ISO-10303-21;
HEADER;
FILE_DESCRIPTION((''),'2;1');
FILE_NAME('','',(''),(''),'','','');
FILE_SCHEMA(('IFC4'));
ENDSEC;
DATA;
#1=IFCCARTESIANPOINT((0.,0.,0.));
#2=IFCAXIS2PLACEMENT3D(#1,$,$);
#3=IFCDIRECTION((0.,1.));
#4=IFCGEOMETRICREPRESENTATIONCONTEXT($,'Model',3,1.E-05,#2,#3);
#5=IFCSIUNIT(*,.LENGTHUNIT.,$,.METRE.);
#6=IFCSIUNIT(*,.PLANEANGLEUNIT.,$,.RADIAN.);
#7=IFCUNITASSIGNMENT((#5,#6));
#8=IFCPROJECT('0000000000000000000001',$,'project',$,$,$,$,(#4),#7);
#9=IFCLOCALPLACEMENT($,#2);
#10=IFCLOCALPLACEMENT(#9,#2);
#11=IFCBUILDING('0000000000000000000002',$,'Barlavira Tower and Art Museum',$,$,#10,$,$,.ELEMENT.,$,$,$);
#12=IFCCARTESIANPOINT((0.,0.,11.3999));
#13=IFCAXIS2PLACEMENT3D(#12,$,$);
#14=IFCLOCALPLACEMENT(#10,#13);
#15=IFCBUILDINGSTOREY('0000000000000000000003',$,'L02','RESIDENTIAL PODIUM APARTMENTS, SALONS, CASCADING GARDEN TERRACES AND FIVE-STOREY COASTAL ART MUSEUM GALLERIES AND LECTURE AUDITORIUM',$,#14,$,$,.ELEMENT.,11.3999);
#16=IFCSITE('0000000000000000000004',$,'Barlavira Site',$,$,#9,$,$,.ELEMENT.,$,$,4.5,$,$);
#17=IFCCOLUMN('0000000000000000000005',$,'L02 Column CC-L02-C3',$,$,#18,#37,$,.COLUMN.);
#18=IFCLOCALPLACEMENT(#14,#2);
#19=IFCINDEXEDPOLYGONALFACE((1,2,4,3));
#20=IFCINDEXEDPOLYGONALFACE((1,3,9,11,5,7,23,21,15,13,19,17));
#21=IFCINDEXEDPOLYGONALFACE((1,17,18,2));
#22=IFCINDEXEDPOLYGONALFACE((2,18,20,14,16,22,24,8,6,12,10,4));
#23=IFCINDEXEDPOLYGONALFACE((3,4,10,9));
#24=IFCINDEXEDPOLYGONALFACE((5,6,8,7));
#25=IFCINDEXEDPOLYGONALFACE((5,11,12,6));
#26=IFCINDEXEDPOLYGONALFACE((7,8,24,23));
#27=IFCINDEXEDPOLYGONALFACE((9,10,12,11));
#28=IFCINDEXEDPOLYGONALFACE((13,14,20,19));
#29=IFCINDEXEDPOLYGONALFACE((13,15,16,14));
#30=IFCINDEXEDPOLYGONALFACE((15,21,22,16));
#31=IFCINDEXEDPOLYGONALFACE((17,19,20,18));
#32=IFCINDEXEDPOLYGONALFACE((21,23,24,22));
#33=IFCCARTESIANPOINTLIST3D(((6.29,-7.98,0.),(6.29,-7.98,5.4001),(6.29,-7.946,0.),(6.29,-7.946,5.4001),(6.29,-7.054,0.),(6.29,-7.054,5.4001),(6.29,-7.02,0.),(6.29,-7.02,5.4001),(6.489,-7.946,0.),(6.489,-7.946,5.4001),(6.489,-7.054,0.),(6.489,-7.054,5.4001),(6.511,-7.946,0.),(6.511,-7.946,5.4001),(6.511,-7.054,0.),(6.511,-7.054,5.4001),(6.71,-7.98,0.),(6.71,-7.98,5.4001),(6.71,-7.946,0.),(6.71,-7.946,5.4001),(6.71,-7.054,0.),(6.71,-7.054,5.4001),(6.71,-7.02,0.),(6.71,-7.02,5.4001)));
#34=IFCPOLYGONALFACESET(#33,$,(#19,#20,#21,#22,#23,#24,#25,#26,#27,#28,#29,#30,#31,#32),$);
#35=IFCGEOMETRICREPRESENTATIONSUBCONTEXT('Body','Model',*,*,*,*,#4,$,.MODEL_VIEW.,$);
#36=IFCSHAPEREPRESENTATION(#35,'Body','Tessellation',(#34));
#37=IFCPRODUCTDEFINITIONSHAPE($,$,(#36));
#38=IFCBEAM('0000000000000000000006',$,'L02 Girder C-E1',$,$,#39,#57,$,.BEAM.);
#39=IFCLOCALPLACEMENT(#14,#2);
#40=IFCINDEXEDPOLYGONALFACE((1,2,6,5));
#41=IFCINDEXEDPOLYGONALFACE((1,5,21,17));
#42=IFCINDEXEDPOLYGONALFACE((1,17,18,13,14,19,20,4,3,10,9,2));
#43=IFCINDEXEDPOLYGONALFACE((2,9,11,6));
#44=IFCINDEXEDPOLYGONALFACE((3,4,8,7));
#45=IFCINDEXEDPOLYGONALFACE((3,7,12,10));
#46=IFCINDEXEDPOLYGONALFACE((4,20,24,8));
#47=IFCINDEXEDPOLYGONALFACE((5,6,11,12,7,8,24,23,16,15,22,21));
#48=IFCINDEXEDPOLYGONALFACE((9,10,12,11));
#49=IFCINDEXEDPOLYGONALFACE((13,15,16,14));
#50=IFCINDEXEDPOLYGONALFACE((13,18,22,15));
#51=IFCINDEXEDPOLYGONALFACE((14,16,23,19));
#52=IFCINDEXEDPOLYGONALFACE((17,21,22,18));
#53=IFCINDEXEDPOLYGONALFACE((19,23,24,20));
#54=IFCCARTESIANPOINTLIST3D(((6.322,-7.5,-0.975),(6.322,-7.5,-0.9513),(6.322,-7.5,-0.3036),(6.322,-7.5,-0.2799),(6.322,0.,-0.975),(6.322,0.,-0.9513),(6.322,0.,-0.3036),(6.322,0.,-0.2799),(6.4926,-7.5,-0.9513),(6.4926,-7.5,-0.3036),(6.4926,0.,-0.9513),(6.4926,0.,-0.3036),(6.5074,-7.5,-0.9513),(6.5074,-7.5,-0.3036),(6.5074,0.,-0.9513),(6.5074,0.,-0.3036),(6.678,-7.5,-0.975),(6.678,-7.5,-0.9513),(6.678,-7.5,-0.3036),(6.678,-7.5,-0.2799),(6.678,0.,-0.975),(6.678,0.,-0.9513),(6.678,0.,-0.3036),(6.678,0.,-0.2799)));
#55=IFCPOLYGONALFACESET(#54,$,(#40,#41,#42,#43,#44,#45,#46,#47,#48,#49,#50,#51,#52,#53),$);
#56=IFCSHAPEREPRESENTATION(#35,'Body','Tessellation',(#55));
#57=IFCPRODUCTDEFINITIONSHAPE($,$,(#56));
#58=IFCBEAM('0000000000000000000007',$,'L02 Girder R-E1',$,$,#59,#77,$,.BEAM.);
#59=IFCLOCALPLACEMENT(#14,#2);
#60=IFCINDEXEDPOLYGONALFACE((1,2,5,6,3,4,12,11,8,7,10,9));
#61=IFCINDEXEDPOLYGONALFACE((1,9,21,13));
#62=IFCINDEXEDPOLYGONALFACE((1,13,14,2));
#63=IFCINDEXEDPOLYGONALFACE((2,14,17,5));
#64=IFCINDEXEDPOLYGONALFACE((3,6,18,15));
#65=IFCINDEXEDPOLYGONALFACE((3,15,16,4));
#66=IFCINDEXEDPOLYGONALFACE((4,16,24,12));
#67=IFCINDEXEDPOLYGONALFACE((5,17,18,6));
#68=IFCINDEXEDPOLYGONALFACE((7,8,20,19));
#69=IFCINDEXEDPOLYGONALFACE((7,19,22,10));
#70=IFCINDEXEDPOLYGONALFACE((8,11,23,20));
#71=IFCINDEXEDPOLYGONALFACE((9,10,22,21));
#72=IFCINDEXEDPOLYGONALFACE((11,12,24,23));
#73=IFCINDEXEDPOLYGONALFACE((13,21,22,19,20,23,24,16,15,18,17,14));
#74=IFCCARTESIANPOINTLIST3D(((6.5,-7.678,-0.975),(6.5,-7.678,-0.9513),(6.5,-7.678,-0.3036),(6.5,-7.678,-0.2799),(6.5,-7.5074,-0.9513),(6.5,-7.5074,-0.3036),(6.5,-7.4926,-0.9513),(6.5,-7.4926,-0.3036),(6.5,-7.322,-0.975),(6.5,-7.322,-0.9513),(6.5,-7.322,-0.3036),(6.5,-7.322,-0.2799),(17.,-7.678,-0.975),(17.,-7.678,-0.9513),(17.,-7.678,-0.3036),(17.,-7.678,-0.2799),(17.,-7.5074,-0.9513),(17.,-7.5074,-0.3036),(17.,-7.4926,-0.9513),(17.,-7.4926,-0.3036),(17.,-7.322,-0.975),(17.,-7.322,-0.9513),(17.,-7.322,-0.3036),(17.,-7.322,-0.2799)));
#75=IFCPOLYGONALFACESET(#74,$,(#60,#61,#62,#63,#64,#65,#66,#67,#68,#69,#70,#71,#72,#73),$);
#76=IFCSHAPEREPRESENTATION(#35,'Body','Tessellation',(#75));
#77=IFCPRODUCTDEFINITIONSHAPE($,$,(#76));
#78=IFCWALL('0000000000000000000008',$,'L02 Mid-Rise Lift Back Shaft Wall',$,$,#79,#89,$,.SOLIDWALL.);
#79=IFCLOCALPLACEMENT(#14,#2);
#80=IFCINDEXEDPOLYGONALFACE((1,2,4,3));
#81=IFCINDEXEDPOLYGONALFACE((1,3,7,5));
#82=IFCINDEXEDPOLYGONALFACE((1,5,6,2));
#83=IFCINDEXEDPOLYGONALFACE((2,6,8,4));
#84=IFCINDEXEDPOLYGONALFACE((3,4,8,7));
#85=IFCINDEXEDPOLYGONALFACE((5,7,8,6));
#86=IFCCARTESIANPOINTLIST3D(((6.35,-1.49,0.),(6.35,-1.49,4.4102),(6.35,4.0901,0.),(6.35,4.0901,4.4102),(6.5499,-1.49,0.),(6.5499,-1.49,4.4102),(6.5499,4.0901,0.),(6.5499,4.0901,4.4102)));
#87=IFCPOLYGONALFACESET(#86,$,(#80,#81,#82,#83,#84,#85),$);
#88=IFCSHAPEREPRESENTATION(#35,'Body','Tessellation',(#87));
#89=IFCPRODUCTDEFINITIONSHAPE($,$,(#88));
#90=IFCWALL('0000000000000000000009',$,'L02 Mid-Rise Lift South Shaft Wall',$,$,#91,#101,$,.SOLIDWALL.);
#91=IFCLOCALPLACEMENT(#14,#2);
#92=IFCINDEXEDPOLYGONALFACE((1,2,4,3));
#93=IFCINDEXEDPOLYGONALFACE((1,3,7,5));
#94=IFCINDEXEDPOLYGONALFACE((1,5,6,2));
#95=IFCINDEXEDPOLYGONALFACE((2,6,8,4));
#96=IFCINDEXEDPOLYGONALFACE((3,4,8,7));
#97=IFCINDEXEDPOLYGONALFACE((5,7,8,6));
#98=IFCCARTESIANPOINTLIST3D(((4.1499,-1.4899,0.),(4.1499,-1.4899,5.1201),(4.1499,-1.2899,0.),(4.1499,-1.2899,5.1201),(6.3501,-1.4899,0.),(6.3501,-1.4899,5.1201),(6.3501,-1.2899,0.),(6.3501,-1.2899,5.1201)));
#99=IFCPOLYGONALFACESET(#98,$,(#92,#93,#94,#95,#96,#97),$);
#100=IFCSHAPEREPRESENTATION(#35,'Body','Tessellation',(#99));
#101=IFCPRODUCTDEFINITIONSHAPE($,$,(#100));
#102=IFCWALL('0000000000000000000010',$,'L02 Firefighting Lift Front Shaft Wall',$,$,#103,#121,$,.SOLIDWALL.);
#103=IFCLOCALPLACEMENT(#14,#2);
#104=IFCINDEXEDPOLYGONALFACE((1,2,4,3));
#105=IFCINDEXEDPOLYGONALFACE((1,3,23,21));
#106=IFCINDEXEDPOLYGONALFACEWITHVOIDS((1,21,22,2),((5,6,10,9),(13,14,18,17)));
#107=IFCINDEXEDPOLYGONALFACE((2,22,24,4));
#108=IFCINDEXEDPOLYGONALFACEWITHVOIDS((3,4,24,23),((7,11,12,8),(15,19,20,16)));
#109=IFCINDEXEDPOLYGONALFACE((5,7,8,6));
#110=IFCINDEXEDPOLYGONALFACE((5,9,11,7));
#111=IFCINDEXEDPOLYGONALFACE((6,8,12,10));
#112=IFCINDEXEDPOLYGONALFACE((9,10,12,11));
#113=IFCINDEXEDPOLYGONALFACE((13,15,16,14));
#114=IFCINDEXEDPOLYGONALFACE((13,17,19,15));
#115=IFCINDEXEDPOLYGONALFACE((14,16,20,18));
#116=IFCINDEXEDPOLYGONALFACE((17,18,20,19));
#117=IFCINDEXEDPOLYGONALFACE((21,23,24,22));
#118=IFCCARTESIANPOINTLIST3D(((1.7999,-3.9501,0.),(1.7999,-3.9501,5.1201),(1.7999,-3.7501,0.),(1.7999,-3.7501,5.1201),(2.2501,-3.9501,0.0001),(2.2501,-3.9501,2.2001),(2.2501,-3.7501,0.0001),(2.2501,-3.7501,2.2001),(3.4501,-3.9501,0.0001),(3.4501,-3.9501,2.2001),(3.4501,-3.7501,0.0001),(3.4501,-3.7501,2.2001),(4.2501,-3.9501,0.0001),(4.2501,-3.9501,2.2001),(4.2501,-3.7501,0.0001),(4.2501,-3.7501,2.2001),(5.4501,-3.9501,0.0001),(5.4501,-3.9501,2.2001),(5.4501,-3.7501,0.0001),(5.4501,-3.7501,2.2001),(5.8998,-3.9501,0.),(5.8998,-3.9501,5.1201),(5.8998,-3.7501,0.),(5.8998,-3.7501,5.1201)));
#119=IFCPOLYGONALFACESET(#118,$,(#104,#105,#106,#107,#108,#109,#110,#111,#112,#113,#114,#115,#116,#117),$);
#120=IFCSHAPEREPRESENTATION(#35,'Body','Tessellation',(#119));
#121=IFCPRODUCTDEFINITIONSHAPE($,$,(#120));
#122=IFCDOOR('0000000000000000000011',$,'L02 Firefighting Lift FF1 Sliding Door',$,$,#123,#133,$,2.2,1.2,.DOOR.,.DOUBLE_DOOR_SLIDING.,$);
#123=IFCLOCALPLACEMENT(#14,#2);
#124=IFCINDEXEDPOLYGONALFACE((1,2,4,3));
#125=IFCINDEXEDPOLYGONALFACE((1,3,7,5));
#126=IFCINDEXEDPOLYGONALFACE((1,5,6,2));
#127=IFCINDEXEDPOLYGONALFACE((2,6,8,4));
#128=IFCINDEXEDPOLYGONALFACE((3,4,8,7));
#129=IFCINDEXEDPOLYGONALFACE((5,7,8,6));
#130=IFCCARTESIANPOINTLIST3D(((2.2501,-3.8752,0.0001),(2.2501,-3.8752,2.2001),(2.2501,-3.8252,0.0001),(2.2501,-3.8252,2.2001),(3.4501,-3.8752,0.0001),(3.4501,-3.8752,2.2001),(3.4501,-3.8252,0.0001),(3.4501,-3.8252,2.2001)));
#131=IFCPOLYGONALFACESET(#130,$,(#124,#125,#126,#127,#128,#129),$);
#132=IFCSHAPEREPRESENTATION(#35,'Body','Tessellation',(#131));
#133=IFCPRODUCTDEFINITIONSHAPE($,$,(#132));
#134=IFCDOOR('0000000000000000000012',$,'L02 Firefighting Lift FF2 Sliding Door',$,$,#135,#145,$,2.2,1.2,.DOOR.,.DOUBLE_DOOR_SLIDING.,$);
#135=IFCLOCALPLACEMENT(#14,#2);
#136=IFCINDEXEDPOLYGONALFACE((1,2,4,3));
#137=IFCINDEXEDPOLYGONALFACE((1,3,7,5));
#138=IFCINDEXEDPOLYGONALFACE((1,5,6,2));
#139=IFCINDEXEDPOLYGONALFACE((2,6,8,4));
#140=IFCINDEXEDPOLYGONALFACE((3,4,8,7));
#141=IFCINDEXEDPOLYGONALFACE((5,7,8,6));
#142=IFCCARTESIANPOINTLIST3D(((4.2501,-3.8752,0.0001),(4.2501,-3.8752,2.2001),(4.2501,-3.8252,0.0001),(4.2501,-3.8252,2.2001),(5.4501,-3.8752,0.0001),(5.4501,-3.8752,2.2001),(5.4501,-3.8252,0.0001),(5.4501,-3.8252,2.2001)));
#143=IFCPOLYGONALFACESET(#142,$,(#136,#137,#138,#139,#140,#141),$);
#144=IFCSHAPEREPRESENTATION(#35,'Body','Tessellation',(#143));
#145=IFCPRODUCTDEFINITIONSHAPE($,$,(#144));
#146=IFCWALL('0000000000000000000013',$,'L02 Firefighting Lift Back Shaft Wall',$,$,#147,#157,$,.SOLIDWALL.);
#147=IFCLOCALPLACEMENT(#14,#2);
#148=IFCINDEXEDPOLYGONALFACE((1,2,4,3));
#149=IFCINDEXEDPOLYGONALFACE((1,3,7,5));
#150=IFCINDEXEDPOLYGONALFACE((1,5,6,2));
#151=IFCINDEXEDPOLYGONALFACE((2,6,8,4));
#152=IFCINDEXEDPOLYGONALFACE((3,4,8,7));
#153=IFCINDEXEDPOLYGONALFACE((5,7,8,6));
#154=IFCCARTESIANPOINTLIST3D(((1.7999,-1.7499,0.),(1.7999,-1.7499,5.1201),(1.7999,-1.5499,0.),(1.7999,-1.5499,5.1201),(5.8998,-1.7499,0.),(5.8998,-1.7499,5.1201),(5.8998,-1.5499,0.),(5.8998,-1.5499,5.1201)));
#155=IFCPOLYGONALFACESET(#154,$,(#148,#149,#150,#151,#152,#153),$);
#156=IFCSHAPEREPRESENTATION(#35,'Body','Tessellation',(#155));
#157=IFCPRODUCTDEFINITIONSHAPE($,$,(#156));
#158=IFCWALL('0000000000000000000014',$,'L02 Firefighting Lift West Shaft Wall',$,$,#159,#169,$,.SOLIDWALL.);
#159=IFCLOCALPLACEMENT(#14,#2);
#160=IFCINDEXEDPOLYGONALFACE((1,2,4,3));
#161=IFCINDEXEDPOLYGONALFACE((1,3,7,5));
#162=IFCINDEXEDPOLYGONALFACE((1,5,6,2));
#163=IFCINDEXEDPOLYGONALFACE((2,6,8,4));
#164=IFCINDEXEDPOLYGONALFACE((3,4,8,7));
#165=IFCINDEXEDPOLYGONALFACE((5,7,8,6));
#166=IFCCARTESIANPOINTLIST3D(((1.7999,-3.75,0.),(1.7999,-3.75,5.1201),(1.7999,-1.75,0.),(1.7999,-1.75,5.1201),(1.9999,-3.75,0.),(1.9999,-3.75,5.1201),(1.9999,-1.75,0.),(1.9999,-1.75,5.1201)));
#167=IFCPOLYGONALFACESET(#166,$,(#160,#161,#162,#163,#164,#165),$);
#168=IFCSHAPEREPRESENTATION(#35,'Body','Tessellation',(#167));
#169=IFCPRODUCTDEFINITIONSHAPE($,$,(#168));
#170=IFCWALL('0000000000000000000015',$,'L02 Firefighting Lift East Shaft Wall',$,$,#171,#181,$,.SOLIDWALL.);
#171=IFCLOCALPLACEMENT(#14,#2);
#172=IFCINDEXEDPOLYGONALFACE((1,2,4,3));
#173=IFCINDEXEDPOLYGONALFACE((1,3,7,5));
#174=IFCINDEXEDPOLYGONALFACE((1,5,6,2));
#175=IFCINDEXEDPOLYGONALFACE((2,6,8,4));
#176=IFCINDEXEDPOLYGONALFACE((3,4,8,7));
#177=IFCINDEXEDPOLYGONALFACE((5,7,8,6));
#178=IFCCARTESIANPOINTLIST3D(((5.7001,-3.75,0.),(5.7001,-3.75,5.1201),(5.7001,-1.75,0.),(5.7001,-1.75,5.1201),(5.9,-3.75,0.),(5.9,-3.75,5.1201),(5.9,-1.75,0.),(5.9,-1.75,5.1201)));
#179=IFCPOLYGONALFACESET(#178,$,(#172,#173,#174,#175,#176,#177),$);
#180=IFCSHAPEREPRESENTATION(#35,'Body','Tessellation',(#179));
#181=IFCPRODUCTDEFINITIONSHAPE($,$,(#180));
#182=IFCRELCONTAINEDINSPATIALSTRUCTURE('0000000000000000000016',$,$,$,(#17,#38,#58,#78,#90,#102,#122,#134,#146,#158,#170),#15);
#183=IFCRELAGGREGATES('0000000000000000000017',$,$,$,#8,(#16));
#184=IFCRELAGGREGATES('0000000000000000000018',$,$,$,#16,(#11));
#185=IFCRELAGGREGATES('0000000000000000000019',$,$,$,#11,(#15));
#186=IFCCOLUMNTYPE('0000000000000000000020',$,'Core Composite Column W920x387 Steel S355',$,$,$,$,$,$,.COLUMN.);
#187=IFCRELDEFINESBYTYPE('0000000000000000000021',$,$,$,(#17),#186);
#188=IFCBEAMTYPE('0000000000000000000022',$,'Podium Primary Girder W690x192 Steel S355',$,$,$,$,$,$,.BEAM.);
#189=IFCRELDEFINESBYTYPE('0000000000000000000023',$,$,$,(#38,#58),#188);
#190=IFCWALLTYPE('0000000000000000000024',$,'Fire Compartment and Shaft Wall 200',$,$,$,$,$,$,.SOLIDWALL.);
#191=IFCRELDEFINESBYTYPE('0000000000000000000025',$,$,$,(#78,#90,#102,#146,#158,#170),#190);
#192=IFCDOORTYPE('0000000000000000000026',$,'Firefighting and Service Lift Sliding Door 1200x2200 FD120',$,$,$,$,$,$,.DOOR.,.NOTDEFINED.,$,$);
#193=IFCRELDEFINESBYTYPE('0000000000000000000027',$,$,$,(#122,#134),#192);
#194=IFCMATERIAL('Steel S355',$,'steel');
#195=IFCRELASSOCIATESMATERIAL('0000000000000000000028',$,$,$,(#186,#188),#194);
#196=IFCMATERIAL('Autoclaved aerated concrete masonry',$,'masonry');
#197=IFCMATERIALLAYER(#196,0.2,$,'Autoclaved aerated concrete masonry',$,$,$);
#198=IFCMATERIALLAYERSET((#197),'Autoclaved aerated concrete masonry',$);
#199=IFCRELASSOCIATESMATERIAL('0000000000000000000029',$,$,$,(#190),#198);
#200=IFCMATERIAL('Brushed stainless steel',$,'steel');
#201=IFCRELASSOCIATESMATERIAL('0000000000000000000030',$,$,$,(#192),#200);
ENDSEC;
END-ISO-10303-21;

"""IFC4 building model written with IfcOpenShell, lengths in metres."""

from ifc_helpers import new_model, si_unit, direction, frame, frame_2d, origin, origin_2d, place, context, subcontext, project, spatial, rectangle, i_section, extrude, material, layer, layer_set, material_profile, profile_set, type_object, element, fill, save


model = new_model("IFC4")

# Units and contexts
model_context = context("Model", 3, precision=1e-05, world=origin(), true_north=direction((0.0, 1.0)))
body_context = subcontext(model_context, "Body", "Model", "MODEL_VIEW")
ifc_project = project(units=[si_unit("LENGTHUNIT", "METRE"), si_unit("PLANEANGLEUNIT", "RADIAN")], contexts=[model_context])

# Site, building, storey
site_placement = place(None, origin())
site = spatial("IfcSite", under=ifc_project, at=site_placement, Name="Barlavira Site", CompositionType="ELEMENT", RefElevation=4.5)
building_placement = place(site_placement, origin())
building = spatial("IfcBuilding", under=site, at=building_placement, Name="Barlavira Tower and Art Museum", CompositionType="ELEMENT")
storey_placement = place(building_placement, frame((0.0, 0.0, 11.3999)))
storey = spatial("IfcBuildingStorey", under=building, at=storey_placement, Name="L02", Description="RESIDENTIAL PODIUM APARTMENTS, SALONS, CASCADING GARDEN TERRACES AND FIVE-STOREY COASTAL ART MUSEUM GALLERIES AND LECTURE AUDITORIUM", CompositionType="ELEMENT", Elevation=11.3999)

# Column
ifc_material_1 = material(Name="Steel S355", Category="steel")
ifc_material_profile_1 = material_profile(ifc_material_1, i_section(OverallWidth=0.4199, OverallDepth=0.96, WebThickness=0.022, FlangeThickness=0.0339, at=origin_2d()), Name="W920x387.0")
ifc_profile_set_1 = profile_set([ifc_material_profile_1], Name="Steel S355")
column_type = type_object("IfcColumnType", Name="Core Composite Column W920x387 Steel S355", PredefinedType="COLUMN", material=ifc_profile_set_1)
column_placement = place(storey_placement, frame((6.5, -7.5, 0.0), z_axis=(0.0, 0.0, 1.0), x_axis=(1.0, 0.0, 0.0)))
element("IfcColumn", 1, at=column_placement, inside=storey, type_object=column_type, Name="L02 Column CC-L02-C3", PredefinedType="COLUMN", context=body_context, shape_type="SweptSolid", body=[
    extrude(i_section(OverallWidth=0.4199, OverallDepth=0.96, WebThickness=0.022, FlangeThickness=0.0339, at=origin_2d()), origin(), (0.0, 0.0, 1.0), 5.4001),
])

# Beams
ifc_material_profile_2 = material_profile(ifc_material_1, i_section(OverallWidth=0.356, OverallDepth=0.6951, WebThickness=0.0149, FlangeThickness=0.0237, at=origin_2d()), Name="W690x192.0")
ifc_profile_set_2 = profile_set([ifc_material_profile_2], Name="Steel S355")
beam_type = type_object("IfcBeamType", Name="Podium Primary Girder W690x192 Steel S355", PredefinedType="BEAM", material=ifc_profile_set_2)
beam_1_placement = place(storey_placement, frame((6.5, -7.5, -0.6274), z_axis=(0.0, 1.0, 0.0), x_axis=(-1.0, 0.0, 0.0)))
element("IfcBeam", 2, at=beam_1_placement, inside=storey, type_object=beam_type, Name="L02 Girder C-E1", PredefinedType="BEAM", context=body_context, shape_type="SweptSolid", body=[
    extrude(i_section(OverallWidth=0.356, OverallDepth=0.6951, WebThickness=0.0149, FlangeThickness=0.0237, at=origin_2d()), origin(), (0.0, 0.0, 1.0), 7.5),
])
beam_2_placement = place(storey_placement, frame((6.5, -7.5, -0.6274), z_axis=(1.0, 0.0, 0.0), x_axis=(0.0, 1.0, 0.0)))
element("IfcBeam", 3, at=beam_2_placement, inside=storey, type_object=beam_type, Name="L02 Girder R-E1", PredefinedType="BEAM", context=body_context, shape_type="SweptSolid", body=[
    extrude(i_section(OverallWidth=0.356, OverallDepth=0.6951, WebThickness=0.0149, FlangeThickness=0.0237, at=origin_2d()), origin(), (0.0, 0.0, 1.0), 10.5),
])

# Shared definitions
ifc_material_2 = material(Name="Brushed stainless steel", Category="steel")

# Shared definitions
ifc_material_3 = material(Name="Autoclaved aerated concrete masonry", Category="masonry")
ifc_layer_1 = layer(ifc_material_3, 0.2, Name="Autoclaved aerated concrete masonry")
ifc_layer_set_1 = layer_set([ifc_layer_1], Name="Autoclaved aerated concrete masonry")
wall_type_1 = type_object("IfcWallType", Name="Fire Compartment and Shaft Wall 200", PredefinedType="SOLIDWALL", material=ifc_layer_set_1)

# Walls
wall_1_placement = place(storey_placement, frame((6.45, -1.49, 0.0), z_axis=(0.0, 0.0, 1.0), x_axis=(0.0, 1.0, 0.0)))
element("IfcWall", 4, at=wall_1_placement, inside=storey, type_object=wall_type_1, Name="L02 Mid-Rise Lift Back Shaft Wall", PredefinedType="SOLIDWALL", context=body_context, shape_type="SweptSolid", body=[
    extrude(rectangle(XDim=5.5801, YDim=0.2, at=frame_2d((2.79, 0.0))), origin(), (0.0, 0.0, 1.0), 4.4102),
])
wall_2_placement = place(storey_placement, frame((4.1499, -1.3899, 0.0), z_axis=(0.0, 0.0, 1.0), x_axis=(1.0, 0.0, 0.0)))
element("IfcWall", 5, at=wall_2_placement, inside=storey, type_object=wall_type_1, Name="L02 Mid-Rise Lift South Shaft Wall", PredefinedType="SOLIDWALL", context=body_context, shape_type="SweptSolid", body=[
    extrude(rectangle(XDim=2.2002, YDim=0.2, at=frame_2d((1.1001, 0.0))), origin(), (0.0, 0.0, 1.0), 5.1201),
])

# Wall, openings, doors
wall_3_placement = place(storey_placement, frame((1.8, -3.8501, 0.0), z_axis=(0.0, 0.0, 1.0), x_axis=(1.0, 0.0, 0.0)))
wall_3 = element("IfcWall", 6, at=wall_3_placement, inside=storey, type_object=wall_type_1, Name="L02 Firefighting Lift Front Shaft Wall", PredefinedType="SOLIDWALL", context=body_context, shape_type="SweptSolid", body=[
    extrude(rectangle(XDim=4.0999, YDim=0.2, at=frame_2d((2.0498, 0.0))), origin(), (0.0, 0.0, 1.0), 5.1201),
])
opening_1_placement = place(wall_3_placement, frame((0.45, 0.0, 0.0)))
opening_1 = element("IfcOpeningElement", 7, at=opening_1_placement, cuts=wall_3, PredefinedType="OPENING", context=body_context, shape_type="SweptSolid", body=[
    extrude(rectangle(XDim=1.2, YDim=2.2, at=frame_2d((0.6001, 1.1001))), frame((0.0, 0.1099, 0.0), z_axis=(0.0, -1.0, 0.0), x_axis=(1.0, 0.0, 0.0)), (0.0, 0.0, 1.0), 0.22),
])
opening_2_placement = place(wall_3_placement, frame((2.45, 0.0, 0.0)))
opening_2 = element("IfcOpeningElement", 8, at=opening_2_placement, cuts=wall_3, PredefinedType="OPENING", context=body_context, shape_type="SweptSolid", body=[
    extrude(rectangle(XDim=1.2, YDim=2.2, at=frame_2d((0.6001, 1.1001))), frame((0.0, 0.1099, 0.0), z_axis=(0.0, -1.0, 0.0), x_axis=(1.0, 0.0, 0.0)), (0.0, 0.0, 1.0), 0.22),
])
door_type_1 = type_object("IfcDoorType", Name="Firefighting and Service Lift Sliding Door 1200x2200 FD120", OperationType="NOTDEFINED", PredefinedType="DOOR", material=ifc_material_2)
door_1_placement = place(opening_1_placement, origin())
door_1 = element("IfcDoor", 9, at=door_1_placement, inside=storey, type_object=door_type_1, Name="L02 Firefighting Lift FF1 Sliding Door", OperationType="DOUBLE_DOOR_SLIDING", OverallHeight=2.2, OverallWidth=1.2, PredefinedType="DOOR", context=body_context, shape_type="SweptSolid", body=[
    extrude(rectangle(XDim=1.2, YDim=2.2, at=frame_2d((0.6001, 1.1001))), frame((0.0, 0.0249, 0.0), z_axis=(0.0, -1.0, 0.0), x_axis=(1.0, 0.0, 0.0)), (0.0, 0.0, 1.0), 0.05),
])
fill(opening_1, door_1)
door_2_placement = place(opening_2_placement, origin())
door_2 = element("IfcDoor", 10, at=door_2_placement, inside=storey, type_object=door_type_1, Name="L02 Firefighting Lift FF2 Sliding Door", OperationType="DOUBLE_DOOR_SLIDING", OverallHeight=2.2, OverallWidth=1.2, PredefinedType="DOOR", context=body_context, shape_type="SweptSolid", body=[
    extrude(rectangle(XDim=1.2, YDim=2.2, at=frame_2d((0.6001, 1.1001))), frame((0.0, 0.0249, 0.0), z_axis=(0.0, -1.0, 0.0), x_axis=(1.0, 0.0, 0.0)), (0.0, 0.0, 1.0), 0.05),
])
fill(opening_2, door_2)

# Walls
wall_4_placement = place(storey_placement, frame((1.8, -1.6499, 0.0), z_axis=(0.0, 0.0, 1.0), x_axis=(1.0, 0.0, 0.0)))
element("IfcWall", 11, at=wall_4_placement, inside=storey, type_object=wall_type_1, Name="L02 Firefighting Lift Back Shaft Wall", PredefinedType="SOLIDWALL", context=body_context, shape_type="SweptSolid", body=[
    extrude(rectangle(XDim=4.0999, YDim=0.2, at=frame_2d((2.0498, 0.0))), origin(), (0.0, 0.0, 1.0), 5.1201),
])
for number, where, z_axis, x_axis, name in (
    (12, (1.8999, -3.75, 0.0), (0.0, 0.0, 1.0), (0.0, 1.0, 0.0), "L02 Firefighting Lift West Shaft Wall"),
    (13, (5.8, -3.75, 0.0), (0.0, 0.0, 1.0), (0.0, 1.0, 0.0), "L02 Firefighting Lift East Shaft Wall"),
):
    element("IfcWall", number, at=place(storey_placement, frame(where, z_axis=z_axis, x_axis=x_axis)), inside=storey, type_object=wall_type_1, Name=name, PredefinedType="SOLIDWALL", context=body_context, shape_type="SweptSolid", body=[
        extrude(rectangle(XDim=2.0, YDim=0.2, at=frame_2d((1.0, 0.0))), origin(), (0.0, 0.0, 1.0), 5.1201),
    ])

save(model, "model.ifc")
